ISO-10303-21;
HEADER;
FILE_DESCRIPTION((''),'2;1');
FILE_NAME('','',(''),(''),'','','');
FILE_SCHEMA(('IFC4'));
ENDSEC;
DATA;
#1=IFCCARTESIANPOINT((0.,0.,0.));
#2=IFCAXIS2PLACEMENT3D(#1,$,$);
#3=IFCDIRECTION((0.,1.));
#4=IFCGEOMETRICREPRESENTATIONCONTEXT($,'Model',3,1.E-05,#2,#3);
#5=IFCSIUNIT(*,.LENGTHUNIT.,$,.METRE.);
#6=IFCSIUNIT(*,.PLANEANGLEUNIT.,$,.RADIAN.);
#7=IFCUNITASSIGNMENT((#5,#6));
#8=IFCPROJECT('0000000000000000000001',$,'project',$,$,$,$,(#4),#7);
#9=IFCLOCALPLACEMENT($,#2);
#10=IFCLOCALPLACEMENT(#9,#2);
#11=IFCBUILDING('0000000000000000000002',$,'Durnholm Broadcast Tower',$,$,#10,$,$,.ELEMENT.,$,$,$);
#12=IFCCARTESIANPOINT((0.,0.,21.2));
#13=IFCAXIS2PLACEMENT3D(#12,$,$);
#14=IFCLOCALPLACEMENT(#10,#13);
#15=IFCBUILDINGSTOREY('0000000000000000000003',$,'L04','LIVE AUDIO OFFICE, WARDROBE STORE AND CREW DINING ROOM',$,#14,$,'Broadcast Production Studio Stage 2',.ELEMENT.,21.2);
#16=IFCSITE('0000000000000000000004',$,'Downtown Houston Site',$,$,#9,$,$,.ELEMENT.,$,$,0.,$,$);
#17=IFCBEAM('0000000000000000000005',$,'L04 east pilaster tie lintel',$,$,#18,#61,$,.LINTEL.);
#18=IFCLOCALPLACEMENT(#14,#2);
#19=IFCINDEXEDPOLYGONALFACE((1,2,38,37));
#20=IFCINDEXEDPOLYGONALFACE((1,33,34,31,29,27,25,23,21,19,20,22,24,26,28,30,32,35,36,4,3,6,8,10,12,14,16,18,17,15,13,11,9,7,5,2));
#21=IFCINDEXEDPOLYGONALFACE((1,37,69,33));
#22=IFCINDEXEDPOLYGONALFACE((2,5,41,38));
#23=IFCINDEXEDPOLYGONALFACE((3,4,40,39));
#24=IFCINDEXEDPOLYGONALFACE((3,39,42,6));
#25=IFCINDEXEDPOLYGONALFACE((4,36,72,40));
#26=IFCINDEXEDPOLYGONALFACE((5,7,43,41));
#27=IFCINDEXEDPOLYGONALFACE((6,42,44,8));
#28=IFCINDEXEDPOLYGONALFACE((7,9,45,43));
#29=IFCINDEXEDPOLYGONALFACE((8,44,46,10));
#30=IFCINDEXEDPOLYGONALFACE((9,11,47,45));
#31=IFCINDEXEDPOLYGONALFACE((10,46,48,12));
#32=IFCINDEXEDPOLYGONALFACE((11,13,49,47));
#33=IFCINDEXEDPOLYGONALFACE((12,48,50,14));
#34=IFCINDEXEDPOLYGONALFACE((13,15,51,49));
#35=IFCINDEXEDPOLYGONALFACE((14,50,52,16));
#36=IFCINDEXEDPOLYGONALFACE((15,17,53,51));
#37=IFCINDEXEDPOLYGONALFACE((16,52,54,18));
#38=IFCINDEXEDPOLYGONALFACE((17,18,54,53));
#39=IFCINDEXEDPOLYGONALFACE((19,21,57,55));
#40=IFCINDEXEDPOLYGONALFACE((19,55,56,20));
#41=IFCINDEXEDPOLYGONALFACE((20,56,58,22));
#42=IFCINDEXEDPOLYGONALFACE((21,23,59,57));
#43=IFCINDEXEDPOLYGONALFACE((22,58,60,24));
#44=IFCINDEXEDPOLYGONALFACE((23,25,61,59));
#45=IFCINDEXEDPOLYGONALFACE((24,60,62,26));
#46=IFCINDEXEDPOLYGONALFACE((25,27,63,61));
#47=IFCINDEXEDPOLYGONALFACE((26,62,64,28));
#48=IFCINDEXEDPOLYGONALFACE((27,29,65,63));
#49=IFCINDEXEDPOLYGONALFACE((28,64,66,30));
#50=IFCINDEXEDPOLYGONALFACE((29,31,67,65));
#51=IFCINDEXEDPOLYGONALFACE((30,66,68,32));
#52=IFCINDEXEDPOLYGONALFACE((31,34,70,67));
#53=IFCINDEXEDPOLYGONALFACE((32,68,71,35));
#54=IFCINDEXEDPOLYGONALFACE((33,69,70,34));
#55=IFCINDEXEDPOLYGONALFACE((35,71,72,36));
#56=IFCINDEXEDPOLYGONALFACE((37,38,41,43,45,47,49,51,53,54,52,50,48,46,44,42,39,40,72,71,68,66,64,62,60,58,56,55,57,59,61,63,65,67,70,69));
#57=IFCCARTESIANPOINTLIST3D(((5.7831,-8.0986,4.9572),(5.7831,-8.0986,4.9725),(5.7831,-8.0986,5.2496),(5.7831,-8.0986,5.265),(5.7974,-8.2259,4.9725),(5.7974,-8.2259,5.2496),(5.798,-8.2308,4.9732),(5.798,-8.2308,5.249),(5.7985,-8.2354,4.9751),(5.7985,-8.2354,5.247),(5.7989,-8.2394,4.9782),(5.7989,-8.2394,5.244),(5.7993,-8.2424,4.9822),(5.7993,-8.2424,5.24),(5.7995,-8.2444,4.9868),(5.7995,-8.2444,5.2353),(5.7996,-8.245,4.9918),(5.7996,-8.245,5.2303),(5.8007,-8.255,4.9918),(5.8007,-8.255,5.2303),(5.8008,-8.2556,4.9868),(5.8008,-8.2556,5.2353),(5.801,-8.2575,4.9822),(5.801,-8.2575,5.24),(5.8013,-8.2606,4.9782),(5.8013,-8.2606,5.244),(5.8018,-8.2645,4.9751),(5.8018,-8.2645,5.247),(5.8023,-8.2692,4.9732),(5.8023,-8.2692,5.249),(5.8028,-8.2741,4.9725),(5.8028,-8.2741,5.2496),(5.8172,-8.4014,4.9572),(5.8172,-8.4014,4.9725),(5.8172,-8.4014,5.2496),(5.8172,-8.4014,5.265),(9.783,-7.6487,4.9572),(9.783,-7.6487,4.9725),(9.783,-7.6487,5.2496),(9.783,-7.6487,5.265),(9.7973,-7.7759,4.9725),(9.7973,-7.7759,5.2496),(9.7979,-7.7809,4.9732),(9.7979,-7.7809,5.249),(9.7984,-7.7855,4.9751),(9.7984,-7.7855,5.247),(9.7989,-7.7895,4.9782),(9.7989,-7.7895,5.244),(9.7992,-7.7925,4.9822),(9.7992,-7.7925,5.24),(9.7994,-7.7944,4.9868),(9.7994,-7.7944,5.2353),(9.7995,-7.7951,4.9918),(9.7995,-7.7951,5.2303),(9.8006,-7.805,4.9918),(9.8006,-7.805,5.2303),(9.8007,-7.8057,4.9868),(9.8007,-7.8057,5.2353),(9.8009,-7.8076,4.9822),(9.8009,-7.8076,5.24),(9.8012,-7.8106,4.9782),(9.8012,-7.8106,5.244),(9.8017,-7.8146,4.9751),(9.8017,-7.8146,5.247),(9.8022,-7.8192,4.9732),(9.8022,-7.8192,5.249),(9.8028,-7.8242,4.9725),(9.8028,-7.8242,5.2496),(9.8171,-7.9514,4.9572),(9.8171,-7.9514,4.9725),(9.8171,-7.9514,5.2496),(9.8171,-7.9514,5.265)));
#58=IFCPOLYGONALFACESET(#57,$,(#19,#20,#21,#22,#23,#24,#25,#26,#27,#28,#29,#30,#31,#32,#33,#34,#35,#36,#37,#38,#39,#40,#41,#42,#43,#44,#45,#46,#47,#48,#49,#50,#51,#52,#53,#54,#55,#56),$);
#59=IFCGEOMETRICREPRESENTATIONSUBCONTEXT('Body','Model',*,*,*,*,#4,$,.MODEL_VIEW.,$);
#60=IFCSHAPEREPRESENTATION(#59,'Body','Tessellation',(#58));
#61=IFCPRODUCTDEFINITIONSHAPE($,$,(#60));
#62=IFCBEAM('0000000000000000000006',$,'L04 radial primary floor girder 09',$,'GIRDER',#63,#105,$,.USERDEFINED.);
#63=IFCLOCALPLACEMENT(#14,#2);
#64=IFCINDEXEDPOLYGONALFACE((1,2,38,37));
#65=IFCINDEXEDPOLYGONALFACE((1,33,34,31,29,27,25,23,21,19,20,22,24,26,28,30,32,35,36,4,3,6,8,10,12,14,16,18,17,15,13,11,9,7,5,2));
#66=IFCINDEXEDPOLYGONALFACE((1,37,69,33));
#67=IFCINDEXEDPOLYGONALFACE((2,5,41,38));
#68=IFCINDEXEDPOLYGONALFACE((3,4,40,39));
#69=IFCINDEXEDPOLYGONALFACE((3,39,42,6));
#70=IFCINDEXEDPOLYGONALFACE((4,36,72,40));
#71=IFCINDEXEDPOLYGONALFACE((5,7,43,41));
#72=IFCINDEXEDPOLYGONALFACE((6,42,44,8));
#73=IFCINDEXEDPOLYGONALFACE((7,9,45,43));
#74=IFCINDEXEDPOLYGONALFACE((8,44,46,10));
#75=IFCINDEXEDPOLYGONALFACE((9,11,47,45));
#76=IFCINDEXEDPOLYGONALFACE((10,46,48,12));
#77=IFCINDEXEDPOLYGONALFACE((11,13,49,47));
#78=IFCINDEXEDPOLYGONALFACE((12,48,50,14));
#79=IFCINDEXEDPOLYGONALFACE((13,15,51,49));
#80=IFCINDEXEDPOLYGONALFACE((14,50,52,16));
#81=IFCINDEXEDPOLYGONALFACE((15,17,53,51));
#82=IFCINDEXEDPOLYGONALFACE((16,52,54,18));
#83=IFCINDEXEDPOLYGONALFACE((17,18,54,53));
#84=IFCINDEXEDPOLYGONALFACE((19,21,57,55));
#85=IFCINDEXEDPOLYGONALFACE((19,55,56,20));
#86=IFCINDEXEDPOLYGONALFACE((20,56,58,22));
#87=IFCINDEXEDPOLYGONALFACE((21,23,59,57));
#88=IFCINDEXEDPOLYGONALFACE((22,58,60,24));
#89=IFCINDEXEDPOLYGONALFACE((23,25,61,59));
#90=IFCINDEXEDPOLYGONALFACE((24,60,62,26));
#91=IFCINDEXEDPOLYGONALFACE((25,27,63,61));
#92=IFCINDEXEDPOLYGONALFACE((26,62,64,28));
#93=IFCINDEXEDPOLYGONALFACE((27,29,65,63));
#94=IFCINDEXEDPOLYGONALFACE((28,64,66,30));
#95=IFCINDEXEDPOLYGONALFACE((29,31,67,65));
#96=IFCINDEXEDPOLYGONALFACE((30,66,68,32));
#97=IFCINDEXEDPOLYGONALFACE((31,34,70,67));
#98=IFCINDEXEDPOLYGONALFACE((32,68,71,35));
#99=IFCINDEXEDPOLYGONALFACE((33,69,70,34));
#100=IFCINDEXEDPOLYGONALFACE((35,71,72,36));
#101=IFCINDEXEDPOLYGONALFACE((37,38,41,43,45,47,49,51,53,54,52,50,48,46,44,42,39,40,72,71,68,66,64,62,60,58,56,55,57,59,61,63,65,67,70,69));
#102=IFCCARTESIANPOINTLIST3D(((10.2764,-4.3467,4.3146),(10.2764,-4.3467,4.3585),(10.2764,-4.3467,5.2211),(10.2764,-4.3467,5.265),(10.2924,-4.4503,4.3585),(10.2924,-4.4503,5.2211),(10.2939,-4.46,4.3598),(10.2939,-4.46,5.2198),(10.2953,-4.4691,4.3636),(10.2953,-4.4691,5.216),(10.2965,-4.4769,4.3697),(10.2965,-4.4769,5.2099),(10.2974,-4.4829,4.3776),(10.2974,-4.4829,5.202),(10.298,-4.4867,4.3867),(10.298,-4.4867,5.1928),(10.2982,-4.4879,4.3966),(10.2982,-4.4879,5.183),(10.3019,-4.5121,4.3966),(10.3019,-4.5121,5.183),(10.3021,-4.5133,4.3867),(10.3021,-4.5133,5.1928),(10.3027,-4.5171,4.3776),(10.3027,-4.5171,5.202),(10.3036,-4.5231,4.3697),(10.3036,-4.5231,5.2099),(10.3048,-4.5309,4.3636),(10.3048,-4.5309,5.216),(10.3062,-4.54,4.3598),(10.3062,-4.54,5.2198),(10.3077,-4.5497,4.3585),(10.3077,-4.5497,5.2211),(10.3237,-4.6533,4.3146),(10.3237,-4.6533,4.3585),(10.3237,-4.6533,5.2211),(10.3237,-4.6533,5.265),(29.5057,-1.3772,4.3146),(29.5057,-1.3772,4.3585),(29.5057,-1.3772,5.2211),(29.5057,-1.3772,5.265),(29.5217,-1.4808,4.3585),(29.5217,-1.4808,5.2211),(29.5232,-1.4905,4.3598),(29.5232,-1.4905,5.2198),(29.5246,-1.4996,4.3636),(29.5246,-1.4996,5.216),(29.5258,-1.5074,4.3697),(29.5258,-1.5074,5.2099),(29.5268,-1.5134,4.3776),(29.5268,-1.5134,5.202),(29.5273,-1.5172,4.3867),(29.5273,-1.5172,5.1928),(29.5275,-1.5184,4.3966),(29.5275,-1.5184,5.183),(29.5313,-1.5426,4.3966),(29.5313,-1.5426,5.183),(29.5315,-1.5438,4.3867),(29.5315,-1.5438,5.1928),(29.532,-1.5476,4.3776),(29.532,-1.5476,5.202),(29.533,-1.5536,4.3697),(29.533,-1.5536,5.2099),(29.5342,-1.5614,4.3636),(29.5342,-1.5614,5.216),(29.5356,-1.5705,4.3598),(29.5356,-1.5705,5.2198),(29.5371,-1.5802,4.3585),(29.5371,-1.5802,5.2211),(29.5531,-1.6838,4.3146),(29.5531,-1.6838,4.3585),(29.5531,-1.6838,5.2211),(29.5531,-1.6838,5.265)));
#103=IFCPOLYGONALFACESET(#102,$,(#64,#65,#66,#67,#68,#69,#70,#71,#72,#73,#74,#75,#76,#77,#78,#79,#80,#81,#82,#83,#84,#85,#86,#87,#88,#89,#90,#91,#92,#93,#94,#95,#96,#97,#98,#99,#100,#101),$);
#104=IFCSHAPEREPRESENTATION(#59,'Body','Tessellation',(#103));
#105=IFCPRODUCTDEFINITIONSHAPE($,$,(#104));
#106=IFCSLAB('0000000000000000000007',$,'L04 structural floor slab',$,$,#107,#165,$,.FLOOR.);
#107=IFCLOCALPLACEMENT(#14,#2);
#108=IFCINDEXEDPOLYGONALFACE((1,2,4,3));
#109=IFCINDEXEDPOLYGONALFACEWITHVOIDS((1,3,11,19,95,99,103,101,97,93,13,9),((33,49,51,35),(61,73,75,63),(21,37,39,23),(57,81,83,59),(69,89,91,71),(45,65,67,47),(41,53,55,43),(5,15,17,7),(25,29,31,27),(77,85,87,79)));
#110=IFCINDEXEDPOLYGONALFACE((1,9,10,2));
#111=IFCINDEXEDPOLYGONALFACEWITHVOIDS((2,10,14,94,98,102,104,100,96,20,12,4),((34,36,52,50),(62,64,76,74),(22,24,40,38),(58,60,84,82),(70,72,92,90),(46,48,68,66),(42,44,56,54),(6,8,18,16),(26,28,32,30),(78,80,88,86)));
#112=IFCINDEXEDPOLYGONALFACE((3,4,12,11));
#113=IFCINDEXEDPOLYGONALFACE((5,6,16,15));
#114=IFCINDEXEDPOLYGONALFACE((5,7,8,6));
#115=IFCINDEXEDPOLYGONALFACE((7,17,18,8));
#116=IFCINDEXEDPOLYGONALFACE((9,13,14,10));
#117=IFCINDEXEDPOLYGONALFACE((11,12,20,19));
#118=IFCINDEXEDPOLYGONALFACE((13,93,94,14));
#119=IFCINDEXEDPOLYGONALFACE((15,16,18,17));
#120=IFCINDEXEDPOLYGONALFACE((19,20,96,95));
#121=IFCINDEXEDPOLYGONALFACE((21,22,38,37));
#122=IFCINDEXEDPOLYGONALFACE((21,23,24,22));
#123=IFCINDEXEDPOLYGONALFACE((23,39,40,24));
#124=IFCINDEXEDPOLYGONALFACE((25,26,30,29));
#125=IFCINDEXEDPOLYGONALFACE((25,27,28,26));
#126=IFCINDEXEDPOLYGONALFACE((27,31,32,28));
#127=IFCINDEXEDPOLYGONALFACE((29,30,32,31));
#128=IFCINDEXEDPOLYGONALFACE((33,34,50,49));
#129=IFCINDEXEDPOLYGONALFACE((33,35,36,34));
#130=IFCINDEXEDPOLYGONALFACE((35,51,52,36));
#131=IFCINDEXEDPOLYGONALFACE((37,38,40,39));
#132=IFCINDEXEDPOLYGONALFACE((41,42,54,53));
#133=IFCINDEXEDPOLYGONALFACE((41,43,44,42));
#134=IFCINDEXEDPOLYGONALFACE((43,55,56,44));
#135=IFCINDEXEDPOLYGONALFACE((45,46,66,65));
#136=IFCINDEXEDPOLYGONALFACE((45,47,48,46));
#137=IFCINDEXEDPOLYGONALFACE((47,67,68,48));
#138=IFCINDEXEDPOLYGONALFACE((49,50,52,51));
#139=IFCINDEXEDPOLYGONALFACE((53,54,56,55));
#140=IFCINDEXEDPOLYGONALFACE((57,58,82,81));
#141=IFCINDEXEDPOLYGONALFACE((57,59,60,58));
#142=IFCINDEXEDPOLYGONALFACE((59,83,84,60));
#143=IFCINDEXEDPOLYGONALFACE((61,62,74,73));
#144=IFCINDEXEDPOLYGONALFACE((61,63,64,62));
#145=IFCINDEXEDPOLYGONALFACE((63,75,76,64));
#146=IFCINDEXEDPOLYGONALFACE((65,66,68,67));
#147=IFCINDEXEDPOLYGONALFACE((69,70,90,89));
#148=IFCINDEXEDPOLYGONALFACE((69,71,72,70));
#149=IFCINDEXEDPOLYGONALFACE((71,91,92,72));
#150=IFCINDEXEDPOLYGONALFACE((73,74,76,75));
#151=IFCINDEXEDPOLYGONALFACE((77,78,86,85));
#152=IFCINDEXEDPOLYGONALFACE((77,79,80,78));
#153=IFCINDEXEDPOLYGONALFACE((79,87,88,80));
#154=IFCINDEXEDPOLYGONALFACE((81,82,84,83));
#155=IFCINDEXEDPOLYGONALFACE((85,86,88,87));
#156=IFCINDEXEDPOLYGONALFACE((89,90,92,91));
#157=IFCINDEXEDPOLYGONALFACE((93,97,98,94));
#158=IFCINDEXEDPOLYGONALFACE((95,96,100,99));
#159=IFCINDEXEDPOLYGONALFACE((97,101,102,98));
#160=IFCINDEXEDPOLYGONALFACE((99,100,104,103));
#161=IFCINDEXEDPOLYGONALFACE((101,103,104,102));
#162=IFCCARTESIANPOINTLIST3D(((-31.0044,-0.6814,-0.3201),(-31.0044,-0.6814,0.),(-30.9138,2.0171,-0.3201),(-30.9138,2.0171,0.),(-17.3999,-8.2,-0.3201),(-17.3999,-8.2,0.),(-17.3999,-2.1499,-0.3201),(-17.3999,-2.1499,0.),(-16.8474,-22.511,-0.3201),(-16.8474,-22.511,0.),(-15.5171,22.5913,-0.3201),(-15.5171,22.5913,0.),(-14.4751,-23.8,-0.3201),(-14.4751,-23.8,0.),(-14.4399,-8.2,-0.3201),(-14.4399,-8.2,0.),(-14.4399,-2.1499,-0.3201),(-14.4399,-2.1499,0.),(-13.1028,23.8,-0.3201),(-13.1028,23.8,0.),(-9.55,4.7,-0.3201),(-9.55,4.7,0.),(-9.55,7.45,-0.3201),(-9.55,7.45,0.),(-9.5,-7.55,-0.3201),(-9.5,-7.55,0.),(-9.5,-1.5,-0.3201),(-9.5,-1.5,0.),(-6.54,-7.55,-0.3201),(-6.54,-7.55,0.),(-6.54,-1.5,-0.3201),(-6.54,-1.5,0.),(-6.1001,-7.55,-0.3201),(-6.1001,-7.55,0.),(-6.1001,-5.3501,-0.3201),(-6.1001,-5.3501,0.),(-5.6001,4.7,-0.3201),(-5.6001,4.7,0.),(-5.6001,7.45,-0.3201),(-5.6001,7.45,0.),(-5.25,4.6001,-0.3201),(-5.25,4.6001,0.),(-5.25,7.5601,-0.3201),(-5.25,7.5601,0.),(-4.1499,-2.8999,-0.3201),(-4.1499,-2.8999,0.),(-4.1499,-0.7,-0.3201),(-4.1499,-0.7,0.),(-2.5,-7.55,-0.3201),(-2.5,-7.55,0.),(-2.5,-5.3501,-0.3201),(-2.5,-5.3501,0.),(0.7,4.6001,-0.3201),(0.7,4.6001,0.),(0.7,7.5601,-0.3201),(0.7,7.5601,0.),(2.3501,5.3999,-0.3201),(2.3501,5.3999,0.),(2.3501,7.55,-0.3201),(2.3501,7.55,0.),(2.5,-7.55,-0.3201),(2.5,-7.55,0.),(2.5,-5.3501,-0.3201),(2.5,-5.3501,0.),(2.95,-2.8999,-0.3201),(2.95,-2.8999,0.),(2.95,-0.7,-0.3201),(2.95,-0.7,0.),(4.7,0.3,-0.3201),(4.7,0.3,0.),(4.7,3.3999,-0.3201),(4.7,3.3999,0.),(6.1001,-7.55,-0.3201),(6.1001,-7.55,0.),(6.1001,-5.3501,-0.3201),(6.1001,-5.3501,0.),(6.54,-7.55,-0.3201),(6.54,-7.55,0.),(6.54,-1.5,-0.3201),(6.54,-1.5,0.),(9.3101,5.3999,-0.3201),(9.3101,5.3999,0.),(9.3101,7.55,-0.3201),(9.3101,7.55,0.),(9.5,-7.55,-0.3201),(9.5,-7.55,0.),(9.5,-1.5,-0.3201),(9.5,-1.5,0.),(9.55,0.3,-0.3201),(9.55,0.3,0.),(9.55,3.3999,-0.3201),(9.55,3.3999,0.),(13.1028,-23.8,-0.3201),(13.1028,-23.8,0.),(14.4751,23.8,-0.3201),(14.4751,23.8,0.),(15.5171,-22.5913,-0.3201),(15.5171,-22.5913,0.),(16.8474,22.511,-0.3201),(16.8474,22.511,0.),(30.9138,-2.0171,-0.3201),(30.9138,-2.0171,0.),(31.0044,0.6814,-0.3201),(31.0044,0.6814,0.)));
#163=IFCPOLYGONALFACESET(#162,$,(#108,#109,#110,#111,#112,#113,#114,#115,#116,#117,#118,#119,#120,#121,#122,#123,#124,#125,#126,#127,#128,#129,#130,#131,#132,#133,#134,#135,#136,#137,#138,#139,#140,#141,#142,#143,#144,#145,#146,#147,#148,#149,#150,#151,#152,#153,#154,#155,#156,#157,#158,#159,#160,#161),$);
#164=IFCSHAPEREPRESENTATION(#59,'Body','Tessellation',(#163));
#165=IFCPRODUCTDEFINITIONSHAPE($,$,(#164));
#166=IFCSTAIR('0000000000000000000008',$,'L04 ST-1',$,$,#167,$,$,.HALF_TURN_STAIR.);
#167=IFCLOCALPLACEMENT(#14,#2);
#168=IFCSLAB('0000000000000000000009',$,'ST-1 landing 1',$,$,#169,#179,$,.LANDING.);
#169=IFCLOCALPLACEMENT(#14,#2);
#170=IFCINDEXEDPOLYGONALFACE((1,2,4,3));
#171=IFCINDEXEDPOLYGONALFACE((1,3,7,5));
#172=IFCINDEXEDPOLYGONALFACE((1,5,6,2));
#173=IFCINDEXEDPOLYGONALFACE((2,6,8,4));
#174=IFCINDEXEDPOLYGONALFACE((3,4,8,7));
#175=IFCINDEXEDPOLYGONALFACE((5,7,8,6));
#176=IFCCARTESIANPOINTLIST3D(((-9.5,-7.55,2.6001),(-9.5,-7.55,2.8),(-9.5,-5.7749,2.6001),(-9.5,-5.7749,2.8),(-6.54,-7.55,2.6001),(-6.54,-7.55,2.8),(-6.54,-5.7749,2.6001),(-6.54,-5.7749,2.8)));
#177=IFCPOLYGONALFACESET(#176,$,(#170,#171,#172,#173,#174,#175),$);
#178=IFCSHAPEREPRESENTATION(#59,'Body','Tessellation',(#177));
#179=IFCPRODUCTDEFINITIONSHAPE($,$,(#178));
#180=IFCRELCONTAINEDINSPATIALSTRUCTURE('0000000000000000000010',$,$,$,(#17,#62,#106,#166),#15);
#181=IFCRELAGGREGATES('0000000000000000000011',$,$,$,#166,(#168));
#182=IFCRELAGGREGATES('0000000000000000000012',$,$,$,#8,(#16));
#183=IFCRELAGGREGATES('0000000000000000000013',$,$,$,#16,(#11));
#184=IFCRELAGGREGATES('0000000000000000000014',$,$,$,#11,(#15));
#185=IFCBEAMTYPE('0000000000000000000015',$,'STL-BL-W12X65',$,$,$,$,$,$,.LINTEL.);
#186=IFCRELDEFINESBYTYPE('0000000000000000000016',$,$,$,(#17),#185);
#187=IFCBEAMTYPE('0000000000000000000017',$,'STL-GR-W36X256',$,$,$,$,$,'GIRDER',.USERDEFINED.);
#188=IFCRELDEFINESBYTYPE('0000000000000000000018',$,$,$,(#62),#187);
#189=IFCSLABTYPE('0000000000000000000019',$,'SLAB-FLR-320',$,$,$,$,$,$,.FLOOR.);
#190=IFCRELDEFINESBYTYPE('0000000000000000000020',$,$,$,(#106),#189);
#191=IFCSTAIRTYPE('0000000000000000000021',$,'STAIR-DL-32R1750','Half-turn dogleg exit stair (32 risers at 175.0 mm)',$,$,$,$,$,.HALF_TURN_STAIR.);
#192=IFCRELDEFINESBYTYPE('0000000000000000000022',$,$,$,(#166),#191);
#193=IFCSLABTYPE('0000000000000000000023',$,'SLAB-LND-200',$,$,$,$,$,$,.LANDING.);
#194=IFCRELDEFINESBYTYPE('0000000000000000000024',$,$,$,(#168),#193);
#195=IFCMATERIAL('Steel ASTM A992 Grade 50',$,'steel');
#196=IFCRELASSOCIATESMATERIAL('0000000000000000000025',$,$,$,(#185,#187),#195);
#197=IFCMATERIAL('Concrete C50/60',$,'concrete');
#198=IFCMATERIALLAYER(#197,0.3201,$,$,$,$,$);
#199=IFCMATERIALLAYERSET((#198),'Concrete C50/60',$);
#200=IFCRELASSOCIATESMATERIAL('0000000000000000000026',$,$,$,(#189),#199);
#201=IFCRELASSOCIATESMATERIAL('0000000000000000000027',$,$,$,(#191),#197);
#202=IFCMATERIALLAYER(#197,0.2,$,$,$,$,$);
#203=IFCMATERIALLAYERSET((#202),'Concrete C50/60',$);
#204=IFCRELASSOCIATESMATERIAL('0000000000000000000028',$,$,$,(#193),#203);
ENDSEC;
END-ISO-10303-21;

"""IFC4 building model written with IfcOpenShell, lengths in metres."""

from ifc_helpers import new_model, si_unit, direction, frame, origin, origin_2d, place, context, subcontext, project, spatial, polyline, i_section, outline, extrude, source, transform, mapped, material, layer, layer_set, material_profile, profile_set, type_object, type_shapes, element, aggregate, save


model = new_model("IFC4")

# Units and contexts
model_context = context("Model", 3, precision=1e-05, world=origin(), true_north=direction((0.0, 1.0)))
body_context = subcontext(model_context, "Body", "Model", "MODEL_VIEW")
ifc_project = project(units=[si_unit("LENGTHUNIT", "METRE"), si_unit("PLANEANGLEUNIT", "RADIAN")], contexts=[model_context])

# Site, building, storey
site_placement = place(None, origin())
site = spatial("IfcSite", under=ifc_project, at=site_placement, Name="Downtown Houston Site", CompositionType="ELEMENT", RefElevation=0.0)
building_placement = place(site_placement, origin())
building = spatial("IfcBuilding", under=site, at=building_placement, Name="Durnholm Broadcast Tower", CompositionType="ELEMENT")
storey_placement = place(building_placement, frame((0.0, 0.0, 21.2)))
storey = spatial("IfcBuildingStorey", under=building, at=storey_placement, Name="L04", Description="LIVE AUDIO OFFICE, WARDROBE STORE AND CREW DINING ROOM", LongName="Broadcast Production Studio Stage 2", CompositionType="ELEMENT", Elevation=21.2)

# Beams
ifc_material_1 = material(Name="Steel ASTM A992 Grade 50", Category="steel")
ifc_material_profile_1 = material_profile(ifc_material_1, i_section(OverallWidth=0.3047, OverallDepth=0.3079, WebThickness=0.01, FlangeThickness=0.0154, FilletRadius=0.0193, at=origin_2d()), Name="W12X65")
ifc_profile_set_1 = profile_set([ifc_material_profile_1], Name="Steel ASTM A992 Grade 50")
beam_type_1 = type_object("IfcBeamType", Name="STL-BL-W12X65", PredefinedType="LINTEL", material=ifc_profile_set_1)
shared_shape_1 = source(origin(), body_context, "Body", "SweptSolid", [
    extrude(i_section(OverallWidth=0.3047, OverallDepth=0.3079, WebThickness=0.01, FlangeThickness=0.0154, FilletRadius=0.0193, at=origin_2d()), origin(), (0.0, 0.0, 1.0), 4.0251),
])
type_shapes(beam_type_1, [shared_shape_1])
beam_1_placement = place(storey_placement, frame((9.8, -7.8, 5.1111), z_axis=(-0.993733, -0.111783, 0.0), x_axis=(0.111783, -0.993733, 0.0)))
element("IfcBeam", 1, at=beam_1_placement, inside=storey, type_object=beam_type_1, Name="L04 east pilaster tie lintel", PredefinedType="LINTEL", context=body_context, shape_type="MappedRepresentation", body=[
    mapped(shared_shape_1, transform((0.0, 0.0, 0.0), x_axis=(1.0, 0.0, 0.0), y_axis=(0.0, 1.0, 0.0), z_axis=(0.0, 0.0, 1.0), scale=1.0)),
])
ifc_material_profile_2 = material_profile(ifc_material_1, i_section(OverallWidth=0.3103, OverallDepth=0.9504, WebThickness=0.0244, FlangeThickness=0.0439, FilletRadius=0.0381, at=origin_2d()), Name="W36X256")
ifc_profile_set_2 = profile_set([ifc_material_profile_2], Name="Steel ASTM A992 Grade 50")
beam_type_2 = type_object("IfcBeamType", Name="STL-GR-W36X256", ElementType="GIRDER", PredefinedType="USERDEFINED", material=ifc_profile_set_2)
shared_shape_2 = source(origin(), body_context, "Body", "SweptSolid", [
    extrude(i_section(OverallWidth=0.3103, OverallDepth=0.9504, WebThickness=0.0244, FlangeThickness=0.0439, FilletRadius=0.0381, at=origin_2d()), origin(), (0.0, 0.0, 1.0), 19.4573),
])
type_shapes(beam_type_2, [shared_shape_2])
beam_2_placement = place(storey_placement, frame((10.3, -4.5, 4.7898), z_axis=(0.988286, 0.152616, 0.0), x_axis=(-0.152616, 0.988286, 0.0)))
element("IfcBeam", 2, at=beam_2_placement, inside=storey, type_object=beam_type_2, Name="L04 radial primary floor girder 09", ObjectType="GIRDER", PredefinedType="USERDEFINED", context=body_context, shape_type="MappedRepresentation", body=[
    mapped(shared_shape_2, transform((0.0, 0.0, 0.0), x_axis=(1.0, 0.0, 0.0), y_axis=(0.0, 1.0, 0.0), z_axis=(0.0, 0.0, 1.0), scale=1.0)),
])

# Slab
ifc_material_2 = material(Name="Concrete C50/60", Category="concrete")
ifc_layer_1 = layer(ifc_material_2, 0.3201)
ifc_layer_set_1 = layer_set([ifc_layer_1], Name="Concrete C50/60")
slab_type_1 = type_object("IfcSlabType", Name="SLAB-FLR-320", PredefinedType="FLOOR", material=ifc_layer_set_1)
slab_1_placement = place(storey_placement, frame((0.0, 0.0, -0.3201)))
element("IfcSlab", 3, at=slab_1_placement, inside=storey, type_object=slab_type_1, Name="L04 structural floor slab", PredefinedType="FLOOR", context=body_context, shape_type="SweptSolid", body=[
    extrude(outline(polyline([(-16.8474, -22.511), (-14.4751, -23.8), (13.1028, -23.8), (15.5171, -22.5913), (30.9138, -2.0171), (31.0044, 0.6814), (16.8474, 22.511), (14.4751, 23.8), (-13.1028, 23.8), (-15.5171, 22.5913), (-30.9138, 2.0171), (-31.0044, -0.6814), (-16.8474, -22.511)]), holes=[polyline([(-2.5, -5.3501), (-6.1001, -5.3501), (-6.1001, -7.55), (-2.5, -7.55), (-2.5, -5.3501)]), polyline([(6.1001, -5.3501), (2.5, -5.3501), (2.5, -7.55), (6.1001, -7.55), (6.1001, -5.3501)]), polyline([(-14.4399, -8.2), (-14.4399, -2.1499), (-17.3999, -2.1499), (-17.3999, -8.2), (-14.4399, -8.2)]), polyline([(-9.5, -7.55), (-6.54, -7.55), (-6.54, -1.5), (-9.5, -1.5), (-9.5, -7.55)]), polyline([(6.54, -7.55), (9.5, -7.55), (9.5, -1.5), (6.54, -1.5), (6.54, -7.55)]), polyline([(2.95, -0.7), (-4.1499, -0.7), (-4.1499, -2.8999), (2.95, -2.8999), (2.95, -0.7)]), polyline([(9.55, 3.3999), (4.7, 3.3999), (4.7, 0.3), (9.55, 0.3), (9.55, 3.3999)]), polyline([(-5.6001, 7.45), (-9.55, 7.45), (-9.55, 4.7), (-5.6001, 4.7), (-5.6001, 7.45)]), polyline([(-5.25, 7.5601), (-5.25, 4.6001), (0.7, 4.6001), (0.7, 7.5601), (-5.25, 7.5601)]), polyline([(9.3101, 5.3999), (9.3101, 7.55), (2.3501, 7.55), (2.3501, 5.3999), (9.3101, 5.3999)])]), origin(), (0.0, 0.0, 1.0), 0.3201),
])

# Stair, slab
stair_type = type_object("IfcStairType", Name="STAIR-DL-32R1750", Description="Half-turn dogleg exit stair (32 risers at 175.0 mm)", PredefinedType="HALF_TURN_STAIR", material=ifc_material_2)
stair_1_placement = place(storey_placement, origin())
stair_1 = element("IfcStair", 4, at=stair_1_placement, inside=storey, type_object=stair_type, Name="L04 ST-1", PredefinedType="HALF_TURN_STAIR")
ifc_layer_2 = layer(ifc_material_2, 0.2)
ifc_layer_set_2 = layer_set([ifc_layer_2], Name="Concrete C50/60")
slab_type_2 = type_object("IfcSlabType", Name="SLAB-LND-200", PredefinedType="LANDING", material=ifc_layer_set_2)
slab_2_placement = place(storey_placement, frame((0.0, 0.0, 2.6001)))
slab_2 = element("IfcSlab", 5, at=slab_2_placement, type_object=slab_type_2, Name="ST-1 landing 1", PredefinedType="LANDING", context=body_context, shape_type="SweptSolid", body=[
    extrude(outline(polyline([(-9.5, -5.7749), (-9.5, -7.55), (-6.54, -7.55), (-6.54, -5.7749), (-9.5, -5.7749)])), origin(), (0.0, 0.0, 1.0), 0.2),
])
aggregate(stair_1, [slab_2])

save(model, "model.ifc")
